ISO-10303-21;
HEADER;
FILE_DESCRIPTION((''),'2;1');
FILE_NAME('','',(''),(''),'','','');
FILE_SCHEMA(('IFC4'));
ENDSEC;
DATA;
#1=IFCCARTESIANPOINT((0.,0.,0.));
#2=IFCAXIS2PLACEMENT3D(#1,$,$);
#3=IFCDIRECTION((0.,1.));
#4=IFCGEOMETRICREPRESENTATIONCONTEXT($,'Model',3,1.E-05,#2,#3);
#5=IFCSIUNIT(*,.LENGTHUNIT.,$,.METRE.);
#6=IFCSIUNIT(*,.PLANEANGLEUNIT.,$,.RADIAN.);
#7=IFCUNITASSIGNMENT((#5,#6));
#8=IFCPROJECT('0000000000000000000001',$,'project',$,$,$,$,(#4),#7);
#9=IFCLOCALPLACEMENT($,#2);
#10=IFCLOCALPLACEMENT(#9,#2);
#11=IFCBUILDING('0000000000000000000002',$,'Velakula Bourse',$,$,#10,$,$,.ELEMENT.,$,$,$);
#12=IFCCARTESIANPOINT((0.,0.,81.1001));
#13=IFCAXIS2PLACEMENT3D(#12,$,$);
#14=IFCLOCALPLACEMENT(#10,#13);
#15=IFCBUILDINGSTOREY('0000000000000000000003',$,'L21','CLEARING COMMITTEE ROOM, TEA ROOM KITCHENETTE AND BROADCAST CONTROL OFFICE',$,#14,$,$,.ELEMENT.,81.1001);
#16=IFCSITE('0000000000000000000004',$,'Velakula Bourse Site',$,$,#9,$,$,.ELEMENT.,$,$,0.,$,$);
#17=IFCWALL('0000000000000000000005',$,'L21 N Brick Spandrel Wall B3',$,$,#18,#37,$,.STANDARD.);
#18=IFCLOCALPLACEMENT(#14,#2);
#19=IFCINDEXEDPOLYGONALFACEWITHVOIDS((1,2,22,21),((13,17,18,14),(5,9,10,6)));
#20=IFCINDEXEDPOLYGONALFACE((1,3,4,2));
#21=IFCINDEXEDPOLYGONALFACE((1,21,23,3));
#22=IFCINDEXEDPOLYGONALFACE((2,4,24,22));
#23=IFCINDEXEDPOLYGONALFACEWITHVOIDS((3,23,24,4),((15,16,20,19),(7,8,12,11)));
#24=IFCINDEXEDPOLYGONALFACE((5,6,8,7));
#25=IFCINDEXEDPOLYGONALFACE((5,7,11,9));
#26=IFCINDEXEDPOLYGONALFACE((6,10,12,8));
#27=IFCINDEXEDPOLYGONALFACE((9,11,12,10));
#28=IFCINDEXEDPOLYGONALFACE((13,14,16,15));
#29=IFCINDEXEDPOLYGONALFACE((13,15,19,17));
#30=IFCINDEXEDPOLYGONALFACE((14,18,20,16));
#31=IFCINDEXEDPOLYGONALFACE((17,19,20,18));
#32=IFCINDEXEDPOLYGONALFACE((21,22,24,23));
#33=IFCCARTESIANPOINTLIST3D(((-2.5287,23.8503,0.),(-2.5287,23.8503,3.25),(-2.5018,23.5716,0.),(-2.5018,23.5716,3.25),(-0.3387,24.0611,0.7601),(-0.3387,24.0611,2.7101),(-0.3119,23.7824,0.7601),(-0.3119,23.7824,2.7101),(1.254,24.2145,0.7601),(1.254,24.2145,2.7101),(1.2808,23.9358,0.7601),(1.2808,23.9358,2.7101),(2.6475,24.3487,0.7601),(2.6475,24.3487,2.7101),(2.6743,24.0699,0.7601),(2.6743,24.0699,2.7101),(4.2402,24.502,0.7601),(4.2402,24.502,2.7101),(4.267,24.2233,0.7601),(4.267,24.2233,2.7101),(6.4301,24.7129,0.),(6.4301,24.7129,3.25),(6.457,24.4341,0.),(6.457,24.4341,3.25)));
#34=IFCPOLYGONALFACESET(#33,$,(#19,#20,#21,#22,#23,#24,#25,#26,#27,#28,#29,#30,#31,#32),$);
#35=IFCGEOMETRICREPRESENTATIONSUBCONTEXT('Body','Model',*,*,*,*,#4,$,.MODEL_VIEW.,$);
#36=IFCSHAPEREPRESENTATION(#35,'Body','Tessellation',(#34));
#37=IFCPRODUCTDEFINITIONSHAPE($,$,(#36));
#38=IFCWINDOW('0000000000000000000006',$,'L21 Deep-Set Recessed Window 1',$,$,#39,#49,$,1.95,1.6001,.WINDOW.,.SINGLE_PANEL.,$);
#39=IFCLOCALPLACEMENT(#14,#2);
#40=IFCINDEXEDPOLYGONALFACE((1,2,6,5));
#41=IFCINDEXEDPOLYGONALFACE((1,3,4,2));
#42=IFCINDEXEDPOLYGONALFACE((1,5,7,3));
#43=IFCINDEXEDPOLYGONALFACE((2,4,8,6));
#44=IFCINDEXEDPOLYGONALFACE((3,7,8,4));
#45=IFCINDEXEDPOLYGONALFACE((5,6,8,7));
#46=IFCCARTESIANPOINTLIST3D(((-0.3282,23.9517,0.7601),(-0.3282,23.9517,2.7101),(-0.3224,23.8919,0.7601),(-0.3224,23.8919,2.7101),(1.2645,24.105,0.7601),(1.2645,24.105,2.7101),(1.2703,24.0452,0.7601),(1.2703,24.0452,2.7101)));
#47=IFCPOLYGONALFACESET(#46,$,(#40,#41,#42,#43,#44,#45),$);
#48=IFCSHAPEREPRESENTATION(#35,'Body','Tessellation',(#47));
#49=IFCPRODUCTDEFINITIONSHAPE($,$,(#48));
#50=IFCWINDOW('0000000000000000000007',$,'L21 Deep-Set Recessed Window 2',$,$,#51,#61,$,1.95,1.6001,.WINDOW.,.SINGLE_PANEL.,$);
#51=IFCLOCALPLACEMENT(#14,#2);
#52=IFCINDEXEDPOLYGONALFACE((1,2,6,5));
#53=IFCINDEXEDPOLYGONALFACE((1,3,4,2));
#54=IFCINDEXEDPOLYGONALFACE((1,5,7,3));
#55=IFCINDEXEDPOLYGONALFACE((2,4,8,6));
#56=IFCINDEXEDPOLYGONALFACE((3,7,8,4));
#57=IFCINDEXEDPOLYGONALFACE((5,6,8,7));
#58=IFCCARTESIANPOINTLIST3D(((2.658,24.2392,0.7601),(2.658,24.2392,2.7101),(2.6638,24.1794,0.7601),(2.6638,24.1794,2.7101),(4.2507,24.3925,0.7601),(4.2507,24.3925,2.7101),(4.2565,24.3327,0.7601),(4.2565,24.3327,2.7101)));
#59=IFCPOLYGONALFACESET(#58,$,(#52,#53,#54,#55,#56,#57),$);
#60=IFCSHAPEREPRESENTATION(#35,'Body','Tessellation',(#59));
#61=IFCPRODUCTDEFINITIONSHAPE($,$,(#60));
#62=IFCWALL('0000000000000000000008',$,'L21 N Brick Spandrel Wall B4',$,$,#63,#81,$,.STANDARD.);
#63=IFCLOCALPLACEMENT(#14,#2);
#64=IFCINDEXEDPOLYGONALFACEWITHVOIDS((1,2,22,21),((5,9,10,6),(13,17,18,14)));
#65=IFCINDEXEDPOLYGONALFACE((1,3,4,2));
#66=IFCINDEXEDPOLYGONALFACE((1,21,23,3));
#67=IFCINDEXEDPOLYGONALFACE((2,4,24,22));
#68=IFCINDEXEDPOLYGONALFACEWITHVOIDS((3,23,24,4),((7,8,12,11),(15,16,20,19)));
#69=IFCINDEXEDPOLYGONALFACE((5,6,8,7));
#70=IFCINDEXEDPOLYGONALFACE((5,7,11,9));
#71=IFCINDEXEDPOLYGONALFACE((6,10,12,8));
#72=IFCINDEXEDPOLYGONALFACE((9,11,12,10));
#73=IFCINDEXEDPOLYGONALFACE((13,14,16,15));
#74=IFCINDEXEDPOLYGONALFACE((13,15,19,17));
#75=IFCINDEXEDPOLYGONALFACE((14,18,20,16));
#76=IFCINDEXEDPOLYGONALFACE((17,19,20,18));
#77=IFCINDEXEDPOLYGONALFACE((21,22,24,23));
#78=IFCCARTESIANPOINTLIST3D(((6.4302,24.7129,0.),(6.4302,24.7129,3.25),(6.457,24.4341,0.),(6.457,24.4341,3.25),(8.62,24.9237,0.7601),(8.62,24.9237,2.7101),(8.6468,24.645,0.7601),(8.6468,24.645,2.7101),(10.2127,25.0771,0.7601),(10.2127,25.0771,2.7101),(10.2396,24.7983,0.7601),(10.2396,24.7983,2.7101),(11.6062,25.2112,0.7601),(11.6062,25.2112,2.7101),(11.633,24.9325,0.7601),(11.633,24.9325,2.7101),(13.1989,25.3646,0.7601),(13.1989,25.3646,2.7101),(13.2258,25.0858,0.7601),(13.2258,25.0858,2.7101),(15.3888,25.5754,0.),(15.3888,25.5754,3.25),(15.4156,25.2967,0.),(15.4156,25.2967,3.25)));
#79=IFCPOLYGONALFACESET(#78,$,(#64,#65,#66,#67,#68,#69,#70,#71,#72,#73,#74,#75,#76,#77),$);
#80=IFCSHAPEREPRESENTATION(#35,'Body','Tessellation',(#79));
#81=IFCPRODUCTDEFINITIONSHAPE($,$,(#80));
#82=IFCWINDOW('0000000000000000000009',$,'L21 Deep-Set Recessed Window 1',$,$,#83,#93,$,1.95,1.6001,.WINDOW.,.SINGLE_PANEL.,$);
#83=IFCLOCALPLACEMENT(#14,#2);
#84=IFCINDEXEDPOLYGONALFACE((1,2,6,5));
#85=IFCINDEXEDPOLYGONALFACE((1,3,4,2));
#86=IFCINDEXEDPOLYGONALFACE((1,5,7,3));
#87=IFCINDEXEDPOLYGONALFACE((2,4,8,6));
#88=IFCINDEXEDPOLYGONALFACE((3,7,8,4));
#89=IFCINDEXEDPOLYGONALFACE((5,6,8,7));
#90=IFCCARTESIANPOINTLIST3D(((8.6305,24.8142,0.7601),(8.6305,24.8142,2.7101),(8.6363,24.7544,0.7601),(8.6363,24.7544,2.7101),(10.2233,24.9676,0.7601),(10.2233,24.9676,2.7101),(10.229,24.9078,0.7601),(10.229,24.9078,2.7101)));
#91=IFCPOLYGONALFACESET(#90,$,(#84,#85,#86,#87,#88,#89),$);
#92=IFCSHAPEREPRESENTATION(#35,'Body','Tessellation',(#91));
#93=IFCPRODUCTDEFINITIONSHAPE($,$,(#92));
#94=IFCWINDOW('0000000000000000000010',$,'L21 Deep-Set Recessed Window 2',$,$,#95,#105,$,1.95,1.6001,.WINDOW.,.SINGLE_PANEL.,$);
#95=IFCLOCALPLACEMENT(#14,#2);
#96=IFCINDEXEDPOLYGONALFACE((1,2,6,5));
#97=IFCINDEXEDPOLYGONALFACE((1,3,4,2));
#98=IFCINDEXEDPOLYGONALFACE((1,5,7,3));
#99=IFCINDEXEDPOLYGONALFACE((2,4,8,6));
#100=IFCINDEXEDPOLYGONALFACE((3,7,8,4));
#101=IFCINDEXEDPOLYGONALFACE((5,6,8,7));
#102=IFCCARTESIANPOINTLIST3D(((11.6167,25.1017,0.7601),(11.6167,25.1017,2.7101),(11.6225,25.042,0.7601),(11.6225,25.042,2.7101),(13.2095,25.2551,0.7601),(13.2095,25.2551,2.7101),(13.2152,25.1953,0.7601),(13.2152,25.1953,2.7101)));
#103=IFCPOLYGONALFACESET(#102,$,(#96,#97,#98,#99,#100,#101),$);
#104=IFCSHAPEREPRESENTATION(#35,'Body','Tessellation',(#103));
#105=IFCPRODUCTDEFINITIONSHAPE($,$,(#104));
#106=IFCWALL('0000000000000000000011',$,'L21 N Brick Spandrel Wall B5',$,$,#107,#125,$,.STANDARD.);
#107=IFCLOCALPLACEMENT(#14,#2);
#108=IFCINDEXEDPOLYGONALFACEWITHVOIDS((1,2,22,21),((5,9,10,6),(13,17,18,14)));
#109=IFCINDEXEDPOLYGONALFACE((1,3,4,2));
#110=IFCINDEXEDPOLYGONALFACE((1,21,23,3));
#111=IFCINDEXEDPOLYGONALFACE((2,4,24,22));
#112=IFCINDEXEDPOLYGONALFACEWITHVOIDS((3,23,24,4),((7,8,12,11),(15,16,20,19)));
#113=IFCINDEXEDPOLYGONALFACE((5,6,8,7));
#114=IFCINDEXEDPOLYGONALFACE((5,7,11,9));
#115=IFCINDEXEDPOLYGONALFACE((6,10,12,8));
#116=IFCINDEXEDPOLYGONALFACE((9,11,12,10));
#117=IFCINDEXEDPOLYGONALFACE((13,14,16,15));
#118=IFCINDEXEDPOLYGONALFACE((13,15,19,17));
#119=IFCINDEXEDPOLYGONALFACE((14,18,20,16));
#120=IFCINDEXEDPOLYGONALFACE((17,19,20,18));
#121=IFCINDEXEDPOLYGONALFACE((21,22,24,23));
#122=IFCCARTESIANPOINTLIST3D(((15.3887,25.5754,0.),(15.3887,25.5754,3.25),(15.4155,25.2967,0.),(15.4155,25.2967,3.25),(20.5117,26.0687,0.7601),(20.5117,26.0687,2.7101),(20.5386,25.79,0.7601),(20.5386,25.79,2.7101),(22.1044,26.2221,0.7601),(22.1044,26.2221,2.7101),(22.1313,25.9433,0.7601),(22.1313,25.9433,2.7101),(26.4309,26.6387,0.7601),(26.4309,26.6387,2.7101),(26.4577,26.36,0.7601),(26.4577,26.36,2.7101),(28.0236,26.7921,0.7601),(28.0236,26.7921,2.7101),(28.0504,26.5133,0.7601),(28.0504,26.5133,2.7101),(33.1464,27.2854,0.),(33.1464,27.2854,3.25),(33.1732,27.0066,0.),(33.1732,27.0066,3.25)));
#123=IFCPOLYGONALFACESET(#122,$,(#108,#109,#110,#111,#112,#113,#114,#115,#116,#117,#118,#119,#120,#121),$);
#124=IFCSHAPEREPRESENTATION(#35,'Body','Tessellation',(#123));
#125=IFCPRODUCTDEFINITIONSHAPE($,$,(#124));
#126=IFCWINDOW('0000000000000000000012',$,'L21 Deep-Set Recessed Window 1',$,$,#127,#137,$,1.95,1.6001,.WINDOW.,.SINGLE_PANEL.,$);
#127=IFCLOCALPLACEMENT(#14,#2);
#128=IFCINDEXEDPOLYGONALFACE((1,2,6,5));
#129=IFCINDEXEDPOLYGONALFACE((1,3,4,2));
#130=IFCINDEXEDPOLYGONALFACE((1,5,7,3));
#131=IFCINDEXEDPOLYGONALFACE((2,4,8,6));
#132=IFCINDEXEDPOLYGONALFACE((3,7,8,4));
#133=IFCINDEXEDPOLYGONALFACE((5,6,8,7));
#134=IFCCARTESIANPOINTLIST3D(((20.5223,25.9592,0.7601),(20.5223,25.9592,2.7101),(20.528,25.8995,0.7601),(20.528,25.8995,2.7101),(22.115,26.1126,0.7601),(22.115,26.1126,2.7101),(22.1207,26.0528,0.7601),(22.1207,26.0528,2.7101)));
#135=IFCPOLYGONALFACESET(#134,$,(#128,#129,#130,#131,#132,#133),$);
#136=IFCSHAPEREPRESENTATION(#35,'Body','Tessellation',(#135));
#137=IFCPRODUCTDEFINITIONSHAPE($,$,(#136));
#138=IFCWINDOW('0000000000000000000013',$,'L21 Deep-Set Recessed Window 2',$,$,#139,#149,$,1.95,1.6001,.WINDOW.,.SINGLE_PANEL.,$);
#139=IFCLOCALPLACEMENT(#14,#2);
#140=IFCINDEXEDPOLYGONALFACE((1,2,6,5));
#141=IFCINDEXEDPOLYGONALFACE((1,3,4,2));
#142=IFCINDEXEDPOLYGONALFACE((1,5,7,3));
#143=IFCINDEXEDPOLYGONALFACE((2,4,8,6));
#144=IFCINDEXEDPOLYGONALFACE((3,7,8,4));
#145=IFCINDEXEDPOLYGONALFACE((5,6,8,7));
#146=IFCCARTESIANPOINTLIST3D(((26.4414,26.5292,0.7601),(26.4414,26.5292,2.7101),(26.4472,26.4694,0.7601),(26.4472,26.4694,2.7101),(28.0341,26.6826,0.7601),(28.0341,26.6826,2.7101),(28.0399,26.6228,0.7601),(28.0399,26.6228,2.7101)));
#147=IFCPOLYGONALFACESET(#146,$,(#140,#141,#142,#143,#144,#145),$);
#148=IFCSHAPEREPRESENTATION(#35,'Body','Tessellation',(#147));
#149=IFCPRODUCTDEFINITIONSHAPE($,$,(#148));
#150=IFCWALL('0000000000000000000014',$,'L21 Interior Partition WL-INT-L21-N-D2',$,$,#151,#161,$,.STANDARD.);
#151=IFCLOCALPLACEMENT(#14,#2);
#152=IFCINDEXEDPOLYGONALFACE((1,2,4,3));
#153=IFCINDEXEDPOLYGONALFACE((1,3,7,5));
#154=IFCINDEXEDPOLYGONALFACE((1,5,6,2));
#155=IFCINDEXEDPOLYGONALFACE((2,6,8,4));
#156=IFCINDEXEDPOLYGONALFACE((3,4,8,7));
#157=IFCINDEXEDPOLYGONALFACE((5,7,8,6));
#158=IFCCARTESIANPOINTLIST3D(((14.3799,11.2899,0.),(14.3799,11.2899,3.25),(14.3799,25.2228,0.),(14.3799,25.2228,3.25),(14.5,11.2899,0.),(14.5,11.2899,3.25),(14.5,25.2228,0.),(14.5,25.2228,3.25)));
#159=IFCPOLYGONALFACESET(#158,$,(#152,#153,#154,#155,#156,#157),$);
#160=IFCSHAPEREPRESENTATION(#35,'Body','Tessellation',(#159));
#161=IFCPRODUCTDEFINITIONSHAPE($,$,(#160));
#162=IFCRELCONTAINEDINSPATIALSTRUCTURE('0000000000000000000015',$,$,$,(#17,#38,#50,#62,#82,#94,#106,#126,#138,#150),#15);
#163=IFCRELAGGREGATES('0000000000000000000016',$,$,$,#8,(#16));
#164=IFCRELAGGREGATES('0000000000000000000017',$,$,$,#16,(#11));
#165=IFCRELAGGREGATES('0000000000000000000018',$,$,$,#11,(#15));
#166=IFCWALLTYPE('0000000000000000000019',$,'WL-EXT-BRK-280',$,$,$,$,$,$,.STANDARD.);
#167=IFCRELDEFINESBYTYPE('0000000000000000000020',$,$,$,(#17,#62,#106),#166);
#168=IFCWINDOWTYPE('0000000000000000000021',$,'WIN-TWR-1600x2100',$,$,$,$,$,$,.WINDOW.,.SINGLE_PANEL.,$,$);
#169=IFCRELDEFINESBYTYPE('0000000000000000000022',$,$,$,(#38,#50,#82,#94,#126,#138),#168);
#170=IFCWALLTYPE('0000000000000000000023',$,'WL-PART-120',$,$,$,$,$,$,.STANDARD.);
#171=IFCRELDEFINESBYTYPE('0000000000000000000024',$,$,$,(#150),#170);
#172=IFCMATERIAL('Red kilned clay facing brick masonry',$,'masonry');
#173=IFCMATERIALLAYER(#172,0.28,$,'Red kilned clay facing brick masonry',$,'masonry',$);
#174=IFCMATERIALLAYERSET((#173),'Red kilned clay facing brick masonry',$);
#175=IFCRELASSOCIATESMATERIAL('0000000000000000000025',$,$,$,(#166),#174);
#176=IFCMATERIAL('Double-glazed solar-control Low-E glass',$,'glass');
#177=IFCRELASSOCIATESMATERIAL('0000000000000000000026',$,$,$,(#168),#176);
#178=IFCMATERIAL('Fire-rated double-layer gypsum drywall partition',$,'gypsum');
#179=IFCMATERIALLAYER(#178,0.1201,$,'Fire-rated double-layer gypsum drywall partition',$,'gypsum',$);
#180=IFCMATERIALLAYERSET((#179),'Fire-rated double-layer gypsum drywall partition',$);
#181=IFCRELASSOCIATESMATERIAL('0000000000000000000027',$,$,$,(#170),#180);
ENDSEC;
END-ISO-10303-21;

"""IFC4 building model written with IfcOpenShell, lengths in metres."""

from ifc_helpers import new_model, si_unit, direction, frame, frame_2d, origin, place, context, subcontext, project, spatial, rectangle, extrude, material, layer, layer_set, type_object, element, fill, save


model = new_model("IFC4")

# Units and contexts
model_context = context("Model", 3, precision=1e-05, world=origin(), true_north=direction((0.0, 1.0)))
body_context = subcontext(model_context, "Body", "Model", "MODEL_VIEW")
ifc_project = project(units=[si_unit("LENGTHUNIT", "METRE"), si_unit("PLANEANGLEUNIT", "RADIAN")], contexts=[model_context])

# Site, building, storey
site_placement = place(None, origin())
site = spatial("IfcSite", under=ifc_project, at=site_placement, Name="Velakula Bourse Site", CompositionType="ELEMENT", RefElevation=0.0)
building_placement = place(site_placement, origin())
building = spatial("IfcBuilding", under=site, at=building_placement, Name="Velakula Bourse", CompositionType="ELEMENT")
storey_placement = place(building_placement, frame((0.0, 0.0, 81.1001)))
storey = spatial("IfcBuildingStorey", under=building, at=storey_placement, Name="L21", Description="CLEARING COMMITTEE ROOM, TEA ROOM KITCHENETTE AND BROADCAST CONTROL OFFICE", CompositionType="ELEMENT", Elevation=81.1001)

# Walls, openings, windows
ifc_material_1 = material(Name="Red kilned clay facing brick masonry", Category="masonry")
ifc_layer_1 = layer(ifc_material_1, 0.28, Name="Red kilned clay facing brick masonry", Category="masonry")
ifc_layer_set_1 = layer_set([ifc_layer_1], Name="Red kilned clay facing brick masonry")
wall_type_1 = type_object("IfcWallType", Name="WL-EXT-BRK-280", PredefinedType="STANDARD", material=ifc_layer_set_1)
wall_1_placement = place(storey_placement, frame((-2.5151, 23.7109, 0.0), z_axis=(0.0, 0.0, 1.0), x_axis=(0.995397, 0.095837, 0.0)))
wall_1 = element("IfcWall", 1, at=wall_1_placement, inside=storey, type_object=wall_type_1, Name="L21 N Brick Spandrel Wall B3", PredefinedType="STANDARD", context=body_context, shape_type="SweptSolid", body=[
    extrude(rectangle(XDim=9.0002, YDim=0.28, at=frame_2d((4.5, 0.0))), origin(), (0.0, 0.0, 1.0), 3.25),
])
opening_1_placement = place(wall_1_placement, frame((2.2, 0.0, 0.76)))
opening_1 = element("IfcOpeningElement", 2, at=opening_1_placement, cuts=wall_1, PredefinedType="OPENING", context=body_context, shape_type="SweptSolid", body=[
    extrude(rectangle(XDim=1.6001, YDim=1.95, at=frame_2d((0.8, 0.9751))), frame((0.0, 0.1499, 0.0), z_axis=(0.0, -1.0, 0.0), x_axis=(1.0, 0.0, 0.0)), (0.0, 0.0, 1.0), 0.3),
])
opening_2_placement = place(wall_1_placement, frame((5.2, 0.0, 0.76)))
opening_2 = element("IfcOpeningElement", 3, at=opening_2_placement, cuts=wall_1, PredefinedType="OPENING", context=body_context, shape_type="SweptSolid", body=[
    extrude(rectangle(XDim=1.6001, YDim=1.95, at=frame_2d((0.8, 0.9751))), frame((0.0, 0.1499, 0.0), z_axis=(0.0, -1.0, 0.0), x_axis=(1.0, 0.0, 0.0)), (0.0, 0.0, 1.0), 0.3),
])
ifc_material_2 = material(Name="Double-glazed solar-control Low-E glass", Category="glass")
window_type = type_object("IfcWindowType", Name="WIN-TWR-1600x2100", PartitioningType="SINGLE_PANEL", PredefinedType="WINDOW", material=ifc_material_2)
window_1_placement = place(opening_1_placement, origin())
window_1 = element("IfcWindow", 4, at=window_1_placement, inside=storey, type_object=window_type, Name="L21 Deep-Set Recessed Window 1", OverallHeight=1.95, OverallWidth=1.6001, PartitioningType="SINGLE_PANEL", PredefinedType="WINDOW", context=body_context, shape_type="SweptSolid", body=[
    extrude(rectangle(XDim=1.6001, YDim=1.95, at=frame_2d((0.8, 0.9751))), frame((0.0, 0.03, 0.0), z_axis=(0.0, -1.0, 0.0), x_axis=(1.0, 0.0, 0.0)), (0.0, 0.0, 1.0), 0.0601),
])
fill(opening_1, window_1)
window_2_placement = place(opening_2_placement, origin())
window_2 = element("IfcWindow", 5, at=window_2_placement, inside=storey, type_object=window_type, Name="L21 Deep-Set Recessed Window 2", OverallHeight=1.95, OverallWidth=1.6001, PartitioningType="SINGLE_PANEL", PredefinedType="WINDOW", context=body_context, shape_type="SweptSolid", body=[
    extrude(rectangle(XDim=1.6001, YDim=1.95, at=frame_2d((0.8, 0.9751))), frame((0.0, 0.03, 0.0), z_axis=(0.0, -1.0, 0.0), x_axis=(1.0, 0.0, 0.0)), (0.0, 0.0, 1.0), 0.0601),
])
fill(opening_2, window_2)
wall_2_placement = place(storey_placement, frame((6.4436, 24.5735, 0.0), z_axis=(0.0, 0.0, 1.0), x_axis=(0.995397, 0.09584, 0.0)))
wall_2 = element("IfcWall", 6, at=wall_2_placement, inside=storey, type_object=wall_type_1, Name="L21 N Brick Spandrel Wall B4", PredefinedType="STANDARD", context=body_context, shape_type="SweptSolid", body=[
    extrude(rectangle(XDim=9.0, YDim=0.28, at=frame_2d((4.5, 0.0))), origin(), (0.0, 0.0, 1.0), 3.25),
])
opening_3_placement = place(wall_2_placement, frame((2.2, 0.0, 0.76)))
opening_3 = element("IfcOpeningElement", 7, at=opening_3_placement, cuts=wall_2, PredefinedType="OPENING", context=body_context, shape_type="SweptSolid", body=[
    extrude(rectangle(XDim=1.6001, YDim=1.95, at=frame_2d((0.8, 0.9751))), frame((0.0, 0.1499, 0.0), z_axis=(0.0, -1.0, 0.0), x_axis=(1.0, 0.0, 0.0)), (0.0, 0.0, 1.0), 0.3),
])
opening_4_placement = place(wall_2_placement, frame((5.2, 0.0, 0.76)))
opening_4 = element("IfcOpeningElement", 8, at=opening_4_placement, cuts=wall_2, PredefinedType="OPENING", context=body_context, shape_type="SweptSolid", body=[
    extrude(rectangle(XDim=1.6001, YDim=1.95, at=frame_2d((0.8, 0.9751))), frame((0.0, 0.1499, 0.0), z_axis=(0.0, -1.0, 0.0), x_axis=(1.0, 0.0, 0.0)), (0.0, 0.0, 1.0), 0.3),
])
window_3_placement = place(opening_3_placement, origin())
window_3 = element("IfcWindow", 9, at=window_3_placement, inside=storey, type_object=window_type, Name="L21 Deep-Set Recessed Window 1", OverallHeight=1.95, OverallWidth=1.6001, PartitioningType="SINGLE_PANEL", PredefinedType="WINDOW", context=body_context, shape_type="SweptSolid", body=[
    extrude(rectangle(XDim=1.6001, YDim=1.95, at=frame_2d((0.8, 0.9751))), frame((0.0, 0.03, 0.0), z_axis=(0.0, -1.0, 0.0), x_axis=(1.0, 0.0, 0.0)), (0.0, 0.0, 1.0), 0.0601),
])
fill(opening_3, window_3)
window_4_placement = place(opening_4_placement, origin())
window_4 = element("IfcWindow", 10, at=window_4_placement, inside=storey, type_object=window_type, Name="L21 Deep-Set Recessed Window 2", OverallHeight=1.95, OverallWidth=1.6001, PartitioningType="SINGLE_PANEL", PredefinedType="WINDOW", context=body_context, shape_type="SweptSolid", body=[
    extrude(rectangle(XDim=1.6001, YDim=1.95, at=frame_2d((0.8, 0.9751))), frame((0.0, 0.03, 0.0), z_axis=(0.0, -1.0, 0.0), x_axis=(1.0, 0.0, 0.0)), (0.0, 0.0, 1.0), 0.0601),
])
fill(opening_4, window_4)
wall_3_placement = place(storey_placement, frame((15.4021, 25.436, 0.0), z_axis=(0.0, 0.0, 1.0), x_axis=(0.995396, 0.09585, 0.0)))
wall_3 = element("IfcWall", 11, at=wall_3_placement, inside=storey, type_object=wall_type_1, Name="L21 N Brick Spandrel Wall B5", PredefinedType="STANDARD", context=body_context, shape_type="SweptSolid", body=[
    extrude(rectangle(XDim=17.8398, YDim=0.28, at=frame_2d((8.9199, 0.0))), origin(), (0.0, 0.0, 1.0), 3.25),
])
opening_5_placement = place(wall_3_placement, frame((5.1467, 0.0, 0.76)))
opening_5 = element("IfcOpeningElement", 12, at=opening_5_placement, cuts=wall_3, PredefinedType="OPENING", context=body_context, shape_type="SweptSolid", body=[
    extrude(rectangle(XDim=1.6001, YDim=1.95, at=frame_2d((0.8, 0.9751))), frame((0.0, 0.1499, 0.0), z_axis=(0.0, -1.0, 0.0), x_axis=(1.0, 0.0, 0.0)), (0.0, 0.0, 1.0), 0.3),
])
opening_6_placement = place(wall_3_placement, frame((11.0933, 0.0, 0.76)))
opening_6 = element("IfcOpeningElement", 13, at=opening_6_placement, cuts=wall_3, PredefinedType="OPENING", context=body_context, shape_type="SweptSolid", body=[
    extrude(rectangle(XDim=1.6001, YDim=1.95, at=frame_2d((0.8, 0.9751))), frame((0.0, 0.1499, 0.0), z_axis=(0.0, -1.0, 0.0), x_axis=(1.0, 0.0, 0.0)), (0.0, 0.0, 1.0), 0.3),
])
window_5_placement = place(opening_5_placement, origin())
window_5 = element("IfcWindow", 14, at=window_5_placement, inside=storey, type_object=window_type, Name="L21 Deep-Set Recessed Window 1", OverallHeight=1.95, OverallWidth=1.6001, PartitioningType="SINGLE_PANEL", PredefinedType="WINDOW", context=body_context, shape_type="SweptSolid", body=[
    extrude(rectangle(XDim=1.6001, YDim=1.95, at=frame_2d((0.8, 0.9751))), frame((0.0, 0.03, 0.0), z_axis=(0.0, -1.0, 0.0), x_axis=(1.0, 0.0, 0.0)), (0.0, 0.0, 1.0), 0.0601),
])
fill(opening_5, window_5)
window_6_placement = place(opening_6_placement, origin())
window_6 = element("IfcWindow", 15, at=window_6_placement, inside=storey, type_object=window_type, Name="L21 Deep-Set Recessed Window 2", OverallHeight=1.95, OverallWidth=1.6001, PartitioningType="SINGLE_PANEL", PredefinedType="WINDOW", context=body_context, shape_type="SweptSolid", body=[
    extrude(rectangle(XDim=1.6001, YDim=1.95, at=frame_2d((0.8, 0.9751))), frame((0.0, 0.03, 0.0), z_axis=(0.0, -1.0, 0.0), x_axis=(1.0, 0.0, 0.0)), (0.0, 0.0, 1.0), 0.0601),
])
fill(opening_6, window_6)

# Wall
ifc_material_3 = material(Name="Fire-rated double-layer gypsum drywall partition", Category="gypsum")
ifc_layer_2 = layer(ifc_material_3, 0.1201, Name="Fire-rated double-layer gypsum drywall partition", Category="gypsum")
ifc_layer_set_2 = layer_set([ifc_layer_2], Name="Fire-rated double-layer gypsum drywall partition")
wall_type_2 = type_object("IfcWallType", Name="WL-PART-120", PredefinedType="STANDARD", material=ifc_layer_set_2)
wall_4_placement = place(storey_placement, frame((14.4399, 11.29, 0.0), z_axis=(0.0, 0.0, 1.0), x_axis=(0.0, 1.0, 0.0)))
element("IfcWall", 16, at=wall_4_placement, inside=storey, type_object=wall_type_2, Name="L21 Interior Partition WL-INT-L21-N-D2", PredefinedType="STANDARD", context=body_context, shape_type="SweptSolid", body=[
    extrude(rectangle(XDim=13.9329, YDim=0.1201, at=frame_2d((6.9663, 0.0))), origin(), (0.0, 0.0, 1.0), 3.25),
])

save(model, "model.ifc")
